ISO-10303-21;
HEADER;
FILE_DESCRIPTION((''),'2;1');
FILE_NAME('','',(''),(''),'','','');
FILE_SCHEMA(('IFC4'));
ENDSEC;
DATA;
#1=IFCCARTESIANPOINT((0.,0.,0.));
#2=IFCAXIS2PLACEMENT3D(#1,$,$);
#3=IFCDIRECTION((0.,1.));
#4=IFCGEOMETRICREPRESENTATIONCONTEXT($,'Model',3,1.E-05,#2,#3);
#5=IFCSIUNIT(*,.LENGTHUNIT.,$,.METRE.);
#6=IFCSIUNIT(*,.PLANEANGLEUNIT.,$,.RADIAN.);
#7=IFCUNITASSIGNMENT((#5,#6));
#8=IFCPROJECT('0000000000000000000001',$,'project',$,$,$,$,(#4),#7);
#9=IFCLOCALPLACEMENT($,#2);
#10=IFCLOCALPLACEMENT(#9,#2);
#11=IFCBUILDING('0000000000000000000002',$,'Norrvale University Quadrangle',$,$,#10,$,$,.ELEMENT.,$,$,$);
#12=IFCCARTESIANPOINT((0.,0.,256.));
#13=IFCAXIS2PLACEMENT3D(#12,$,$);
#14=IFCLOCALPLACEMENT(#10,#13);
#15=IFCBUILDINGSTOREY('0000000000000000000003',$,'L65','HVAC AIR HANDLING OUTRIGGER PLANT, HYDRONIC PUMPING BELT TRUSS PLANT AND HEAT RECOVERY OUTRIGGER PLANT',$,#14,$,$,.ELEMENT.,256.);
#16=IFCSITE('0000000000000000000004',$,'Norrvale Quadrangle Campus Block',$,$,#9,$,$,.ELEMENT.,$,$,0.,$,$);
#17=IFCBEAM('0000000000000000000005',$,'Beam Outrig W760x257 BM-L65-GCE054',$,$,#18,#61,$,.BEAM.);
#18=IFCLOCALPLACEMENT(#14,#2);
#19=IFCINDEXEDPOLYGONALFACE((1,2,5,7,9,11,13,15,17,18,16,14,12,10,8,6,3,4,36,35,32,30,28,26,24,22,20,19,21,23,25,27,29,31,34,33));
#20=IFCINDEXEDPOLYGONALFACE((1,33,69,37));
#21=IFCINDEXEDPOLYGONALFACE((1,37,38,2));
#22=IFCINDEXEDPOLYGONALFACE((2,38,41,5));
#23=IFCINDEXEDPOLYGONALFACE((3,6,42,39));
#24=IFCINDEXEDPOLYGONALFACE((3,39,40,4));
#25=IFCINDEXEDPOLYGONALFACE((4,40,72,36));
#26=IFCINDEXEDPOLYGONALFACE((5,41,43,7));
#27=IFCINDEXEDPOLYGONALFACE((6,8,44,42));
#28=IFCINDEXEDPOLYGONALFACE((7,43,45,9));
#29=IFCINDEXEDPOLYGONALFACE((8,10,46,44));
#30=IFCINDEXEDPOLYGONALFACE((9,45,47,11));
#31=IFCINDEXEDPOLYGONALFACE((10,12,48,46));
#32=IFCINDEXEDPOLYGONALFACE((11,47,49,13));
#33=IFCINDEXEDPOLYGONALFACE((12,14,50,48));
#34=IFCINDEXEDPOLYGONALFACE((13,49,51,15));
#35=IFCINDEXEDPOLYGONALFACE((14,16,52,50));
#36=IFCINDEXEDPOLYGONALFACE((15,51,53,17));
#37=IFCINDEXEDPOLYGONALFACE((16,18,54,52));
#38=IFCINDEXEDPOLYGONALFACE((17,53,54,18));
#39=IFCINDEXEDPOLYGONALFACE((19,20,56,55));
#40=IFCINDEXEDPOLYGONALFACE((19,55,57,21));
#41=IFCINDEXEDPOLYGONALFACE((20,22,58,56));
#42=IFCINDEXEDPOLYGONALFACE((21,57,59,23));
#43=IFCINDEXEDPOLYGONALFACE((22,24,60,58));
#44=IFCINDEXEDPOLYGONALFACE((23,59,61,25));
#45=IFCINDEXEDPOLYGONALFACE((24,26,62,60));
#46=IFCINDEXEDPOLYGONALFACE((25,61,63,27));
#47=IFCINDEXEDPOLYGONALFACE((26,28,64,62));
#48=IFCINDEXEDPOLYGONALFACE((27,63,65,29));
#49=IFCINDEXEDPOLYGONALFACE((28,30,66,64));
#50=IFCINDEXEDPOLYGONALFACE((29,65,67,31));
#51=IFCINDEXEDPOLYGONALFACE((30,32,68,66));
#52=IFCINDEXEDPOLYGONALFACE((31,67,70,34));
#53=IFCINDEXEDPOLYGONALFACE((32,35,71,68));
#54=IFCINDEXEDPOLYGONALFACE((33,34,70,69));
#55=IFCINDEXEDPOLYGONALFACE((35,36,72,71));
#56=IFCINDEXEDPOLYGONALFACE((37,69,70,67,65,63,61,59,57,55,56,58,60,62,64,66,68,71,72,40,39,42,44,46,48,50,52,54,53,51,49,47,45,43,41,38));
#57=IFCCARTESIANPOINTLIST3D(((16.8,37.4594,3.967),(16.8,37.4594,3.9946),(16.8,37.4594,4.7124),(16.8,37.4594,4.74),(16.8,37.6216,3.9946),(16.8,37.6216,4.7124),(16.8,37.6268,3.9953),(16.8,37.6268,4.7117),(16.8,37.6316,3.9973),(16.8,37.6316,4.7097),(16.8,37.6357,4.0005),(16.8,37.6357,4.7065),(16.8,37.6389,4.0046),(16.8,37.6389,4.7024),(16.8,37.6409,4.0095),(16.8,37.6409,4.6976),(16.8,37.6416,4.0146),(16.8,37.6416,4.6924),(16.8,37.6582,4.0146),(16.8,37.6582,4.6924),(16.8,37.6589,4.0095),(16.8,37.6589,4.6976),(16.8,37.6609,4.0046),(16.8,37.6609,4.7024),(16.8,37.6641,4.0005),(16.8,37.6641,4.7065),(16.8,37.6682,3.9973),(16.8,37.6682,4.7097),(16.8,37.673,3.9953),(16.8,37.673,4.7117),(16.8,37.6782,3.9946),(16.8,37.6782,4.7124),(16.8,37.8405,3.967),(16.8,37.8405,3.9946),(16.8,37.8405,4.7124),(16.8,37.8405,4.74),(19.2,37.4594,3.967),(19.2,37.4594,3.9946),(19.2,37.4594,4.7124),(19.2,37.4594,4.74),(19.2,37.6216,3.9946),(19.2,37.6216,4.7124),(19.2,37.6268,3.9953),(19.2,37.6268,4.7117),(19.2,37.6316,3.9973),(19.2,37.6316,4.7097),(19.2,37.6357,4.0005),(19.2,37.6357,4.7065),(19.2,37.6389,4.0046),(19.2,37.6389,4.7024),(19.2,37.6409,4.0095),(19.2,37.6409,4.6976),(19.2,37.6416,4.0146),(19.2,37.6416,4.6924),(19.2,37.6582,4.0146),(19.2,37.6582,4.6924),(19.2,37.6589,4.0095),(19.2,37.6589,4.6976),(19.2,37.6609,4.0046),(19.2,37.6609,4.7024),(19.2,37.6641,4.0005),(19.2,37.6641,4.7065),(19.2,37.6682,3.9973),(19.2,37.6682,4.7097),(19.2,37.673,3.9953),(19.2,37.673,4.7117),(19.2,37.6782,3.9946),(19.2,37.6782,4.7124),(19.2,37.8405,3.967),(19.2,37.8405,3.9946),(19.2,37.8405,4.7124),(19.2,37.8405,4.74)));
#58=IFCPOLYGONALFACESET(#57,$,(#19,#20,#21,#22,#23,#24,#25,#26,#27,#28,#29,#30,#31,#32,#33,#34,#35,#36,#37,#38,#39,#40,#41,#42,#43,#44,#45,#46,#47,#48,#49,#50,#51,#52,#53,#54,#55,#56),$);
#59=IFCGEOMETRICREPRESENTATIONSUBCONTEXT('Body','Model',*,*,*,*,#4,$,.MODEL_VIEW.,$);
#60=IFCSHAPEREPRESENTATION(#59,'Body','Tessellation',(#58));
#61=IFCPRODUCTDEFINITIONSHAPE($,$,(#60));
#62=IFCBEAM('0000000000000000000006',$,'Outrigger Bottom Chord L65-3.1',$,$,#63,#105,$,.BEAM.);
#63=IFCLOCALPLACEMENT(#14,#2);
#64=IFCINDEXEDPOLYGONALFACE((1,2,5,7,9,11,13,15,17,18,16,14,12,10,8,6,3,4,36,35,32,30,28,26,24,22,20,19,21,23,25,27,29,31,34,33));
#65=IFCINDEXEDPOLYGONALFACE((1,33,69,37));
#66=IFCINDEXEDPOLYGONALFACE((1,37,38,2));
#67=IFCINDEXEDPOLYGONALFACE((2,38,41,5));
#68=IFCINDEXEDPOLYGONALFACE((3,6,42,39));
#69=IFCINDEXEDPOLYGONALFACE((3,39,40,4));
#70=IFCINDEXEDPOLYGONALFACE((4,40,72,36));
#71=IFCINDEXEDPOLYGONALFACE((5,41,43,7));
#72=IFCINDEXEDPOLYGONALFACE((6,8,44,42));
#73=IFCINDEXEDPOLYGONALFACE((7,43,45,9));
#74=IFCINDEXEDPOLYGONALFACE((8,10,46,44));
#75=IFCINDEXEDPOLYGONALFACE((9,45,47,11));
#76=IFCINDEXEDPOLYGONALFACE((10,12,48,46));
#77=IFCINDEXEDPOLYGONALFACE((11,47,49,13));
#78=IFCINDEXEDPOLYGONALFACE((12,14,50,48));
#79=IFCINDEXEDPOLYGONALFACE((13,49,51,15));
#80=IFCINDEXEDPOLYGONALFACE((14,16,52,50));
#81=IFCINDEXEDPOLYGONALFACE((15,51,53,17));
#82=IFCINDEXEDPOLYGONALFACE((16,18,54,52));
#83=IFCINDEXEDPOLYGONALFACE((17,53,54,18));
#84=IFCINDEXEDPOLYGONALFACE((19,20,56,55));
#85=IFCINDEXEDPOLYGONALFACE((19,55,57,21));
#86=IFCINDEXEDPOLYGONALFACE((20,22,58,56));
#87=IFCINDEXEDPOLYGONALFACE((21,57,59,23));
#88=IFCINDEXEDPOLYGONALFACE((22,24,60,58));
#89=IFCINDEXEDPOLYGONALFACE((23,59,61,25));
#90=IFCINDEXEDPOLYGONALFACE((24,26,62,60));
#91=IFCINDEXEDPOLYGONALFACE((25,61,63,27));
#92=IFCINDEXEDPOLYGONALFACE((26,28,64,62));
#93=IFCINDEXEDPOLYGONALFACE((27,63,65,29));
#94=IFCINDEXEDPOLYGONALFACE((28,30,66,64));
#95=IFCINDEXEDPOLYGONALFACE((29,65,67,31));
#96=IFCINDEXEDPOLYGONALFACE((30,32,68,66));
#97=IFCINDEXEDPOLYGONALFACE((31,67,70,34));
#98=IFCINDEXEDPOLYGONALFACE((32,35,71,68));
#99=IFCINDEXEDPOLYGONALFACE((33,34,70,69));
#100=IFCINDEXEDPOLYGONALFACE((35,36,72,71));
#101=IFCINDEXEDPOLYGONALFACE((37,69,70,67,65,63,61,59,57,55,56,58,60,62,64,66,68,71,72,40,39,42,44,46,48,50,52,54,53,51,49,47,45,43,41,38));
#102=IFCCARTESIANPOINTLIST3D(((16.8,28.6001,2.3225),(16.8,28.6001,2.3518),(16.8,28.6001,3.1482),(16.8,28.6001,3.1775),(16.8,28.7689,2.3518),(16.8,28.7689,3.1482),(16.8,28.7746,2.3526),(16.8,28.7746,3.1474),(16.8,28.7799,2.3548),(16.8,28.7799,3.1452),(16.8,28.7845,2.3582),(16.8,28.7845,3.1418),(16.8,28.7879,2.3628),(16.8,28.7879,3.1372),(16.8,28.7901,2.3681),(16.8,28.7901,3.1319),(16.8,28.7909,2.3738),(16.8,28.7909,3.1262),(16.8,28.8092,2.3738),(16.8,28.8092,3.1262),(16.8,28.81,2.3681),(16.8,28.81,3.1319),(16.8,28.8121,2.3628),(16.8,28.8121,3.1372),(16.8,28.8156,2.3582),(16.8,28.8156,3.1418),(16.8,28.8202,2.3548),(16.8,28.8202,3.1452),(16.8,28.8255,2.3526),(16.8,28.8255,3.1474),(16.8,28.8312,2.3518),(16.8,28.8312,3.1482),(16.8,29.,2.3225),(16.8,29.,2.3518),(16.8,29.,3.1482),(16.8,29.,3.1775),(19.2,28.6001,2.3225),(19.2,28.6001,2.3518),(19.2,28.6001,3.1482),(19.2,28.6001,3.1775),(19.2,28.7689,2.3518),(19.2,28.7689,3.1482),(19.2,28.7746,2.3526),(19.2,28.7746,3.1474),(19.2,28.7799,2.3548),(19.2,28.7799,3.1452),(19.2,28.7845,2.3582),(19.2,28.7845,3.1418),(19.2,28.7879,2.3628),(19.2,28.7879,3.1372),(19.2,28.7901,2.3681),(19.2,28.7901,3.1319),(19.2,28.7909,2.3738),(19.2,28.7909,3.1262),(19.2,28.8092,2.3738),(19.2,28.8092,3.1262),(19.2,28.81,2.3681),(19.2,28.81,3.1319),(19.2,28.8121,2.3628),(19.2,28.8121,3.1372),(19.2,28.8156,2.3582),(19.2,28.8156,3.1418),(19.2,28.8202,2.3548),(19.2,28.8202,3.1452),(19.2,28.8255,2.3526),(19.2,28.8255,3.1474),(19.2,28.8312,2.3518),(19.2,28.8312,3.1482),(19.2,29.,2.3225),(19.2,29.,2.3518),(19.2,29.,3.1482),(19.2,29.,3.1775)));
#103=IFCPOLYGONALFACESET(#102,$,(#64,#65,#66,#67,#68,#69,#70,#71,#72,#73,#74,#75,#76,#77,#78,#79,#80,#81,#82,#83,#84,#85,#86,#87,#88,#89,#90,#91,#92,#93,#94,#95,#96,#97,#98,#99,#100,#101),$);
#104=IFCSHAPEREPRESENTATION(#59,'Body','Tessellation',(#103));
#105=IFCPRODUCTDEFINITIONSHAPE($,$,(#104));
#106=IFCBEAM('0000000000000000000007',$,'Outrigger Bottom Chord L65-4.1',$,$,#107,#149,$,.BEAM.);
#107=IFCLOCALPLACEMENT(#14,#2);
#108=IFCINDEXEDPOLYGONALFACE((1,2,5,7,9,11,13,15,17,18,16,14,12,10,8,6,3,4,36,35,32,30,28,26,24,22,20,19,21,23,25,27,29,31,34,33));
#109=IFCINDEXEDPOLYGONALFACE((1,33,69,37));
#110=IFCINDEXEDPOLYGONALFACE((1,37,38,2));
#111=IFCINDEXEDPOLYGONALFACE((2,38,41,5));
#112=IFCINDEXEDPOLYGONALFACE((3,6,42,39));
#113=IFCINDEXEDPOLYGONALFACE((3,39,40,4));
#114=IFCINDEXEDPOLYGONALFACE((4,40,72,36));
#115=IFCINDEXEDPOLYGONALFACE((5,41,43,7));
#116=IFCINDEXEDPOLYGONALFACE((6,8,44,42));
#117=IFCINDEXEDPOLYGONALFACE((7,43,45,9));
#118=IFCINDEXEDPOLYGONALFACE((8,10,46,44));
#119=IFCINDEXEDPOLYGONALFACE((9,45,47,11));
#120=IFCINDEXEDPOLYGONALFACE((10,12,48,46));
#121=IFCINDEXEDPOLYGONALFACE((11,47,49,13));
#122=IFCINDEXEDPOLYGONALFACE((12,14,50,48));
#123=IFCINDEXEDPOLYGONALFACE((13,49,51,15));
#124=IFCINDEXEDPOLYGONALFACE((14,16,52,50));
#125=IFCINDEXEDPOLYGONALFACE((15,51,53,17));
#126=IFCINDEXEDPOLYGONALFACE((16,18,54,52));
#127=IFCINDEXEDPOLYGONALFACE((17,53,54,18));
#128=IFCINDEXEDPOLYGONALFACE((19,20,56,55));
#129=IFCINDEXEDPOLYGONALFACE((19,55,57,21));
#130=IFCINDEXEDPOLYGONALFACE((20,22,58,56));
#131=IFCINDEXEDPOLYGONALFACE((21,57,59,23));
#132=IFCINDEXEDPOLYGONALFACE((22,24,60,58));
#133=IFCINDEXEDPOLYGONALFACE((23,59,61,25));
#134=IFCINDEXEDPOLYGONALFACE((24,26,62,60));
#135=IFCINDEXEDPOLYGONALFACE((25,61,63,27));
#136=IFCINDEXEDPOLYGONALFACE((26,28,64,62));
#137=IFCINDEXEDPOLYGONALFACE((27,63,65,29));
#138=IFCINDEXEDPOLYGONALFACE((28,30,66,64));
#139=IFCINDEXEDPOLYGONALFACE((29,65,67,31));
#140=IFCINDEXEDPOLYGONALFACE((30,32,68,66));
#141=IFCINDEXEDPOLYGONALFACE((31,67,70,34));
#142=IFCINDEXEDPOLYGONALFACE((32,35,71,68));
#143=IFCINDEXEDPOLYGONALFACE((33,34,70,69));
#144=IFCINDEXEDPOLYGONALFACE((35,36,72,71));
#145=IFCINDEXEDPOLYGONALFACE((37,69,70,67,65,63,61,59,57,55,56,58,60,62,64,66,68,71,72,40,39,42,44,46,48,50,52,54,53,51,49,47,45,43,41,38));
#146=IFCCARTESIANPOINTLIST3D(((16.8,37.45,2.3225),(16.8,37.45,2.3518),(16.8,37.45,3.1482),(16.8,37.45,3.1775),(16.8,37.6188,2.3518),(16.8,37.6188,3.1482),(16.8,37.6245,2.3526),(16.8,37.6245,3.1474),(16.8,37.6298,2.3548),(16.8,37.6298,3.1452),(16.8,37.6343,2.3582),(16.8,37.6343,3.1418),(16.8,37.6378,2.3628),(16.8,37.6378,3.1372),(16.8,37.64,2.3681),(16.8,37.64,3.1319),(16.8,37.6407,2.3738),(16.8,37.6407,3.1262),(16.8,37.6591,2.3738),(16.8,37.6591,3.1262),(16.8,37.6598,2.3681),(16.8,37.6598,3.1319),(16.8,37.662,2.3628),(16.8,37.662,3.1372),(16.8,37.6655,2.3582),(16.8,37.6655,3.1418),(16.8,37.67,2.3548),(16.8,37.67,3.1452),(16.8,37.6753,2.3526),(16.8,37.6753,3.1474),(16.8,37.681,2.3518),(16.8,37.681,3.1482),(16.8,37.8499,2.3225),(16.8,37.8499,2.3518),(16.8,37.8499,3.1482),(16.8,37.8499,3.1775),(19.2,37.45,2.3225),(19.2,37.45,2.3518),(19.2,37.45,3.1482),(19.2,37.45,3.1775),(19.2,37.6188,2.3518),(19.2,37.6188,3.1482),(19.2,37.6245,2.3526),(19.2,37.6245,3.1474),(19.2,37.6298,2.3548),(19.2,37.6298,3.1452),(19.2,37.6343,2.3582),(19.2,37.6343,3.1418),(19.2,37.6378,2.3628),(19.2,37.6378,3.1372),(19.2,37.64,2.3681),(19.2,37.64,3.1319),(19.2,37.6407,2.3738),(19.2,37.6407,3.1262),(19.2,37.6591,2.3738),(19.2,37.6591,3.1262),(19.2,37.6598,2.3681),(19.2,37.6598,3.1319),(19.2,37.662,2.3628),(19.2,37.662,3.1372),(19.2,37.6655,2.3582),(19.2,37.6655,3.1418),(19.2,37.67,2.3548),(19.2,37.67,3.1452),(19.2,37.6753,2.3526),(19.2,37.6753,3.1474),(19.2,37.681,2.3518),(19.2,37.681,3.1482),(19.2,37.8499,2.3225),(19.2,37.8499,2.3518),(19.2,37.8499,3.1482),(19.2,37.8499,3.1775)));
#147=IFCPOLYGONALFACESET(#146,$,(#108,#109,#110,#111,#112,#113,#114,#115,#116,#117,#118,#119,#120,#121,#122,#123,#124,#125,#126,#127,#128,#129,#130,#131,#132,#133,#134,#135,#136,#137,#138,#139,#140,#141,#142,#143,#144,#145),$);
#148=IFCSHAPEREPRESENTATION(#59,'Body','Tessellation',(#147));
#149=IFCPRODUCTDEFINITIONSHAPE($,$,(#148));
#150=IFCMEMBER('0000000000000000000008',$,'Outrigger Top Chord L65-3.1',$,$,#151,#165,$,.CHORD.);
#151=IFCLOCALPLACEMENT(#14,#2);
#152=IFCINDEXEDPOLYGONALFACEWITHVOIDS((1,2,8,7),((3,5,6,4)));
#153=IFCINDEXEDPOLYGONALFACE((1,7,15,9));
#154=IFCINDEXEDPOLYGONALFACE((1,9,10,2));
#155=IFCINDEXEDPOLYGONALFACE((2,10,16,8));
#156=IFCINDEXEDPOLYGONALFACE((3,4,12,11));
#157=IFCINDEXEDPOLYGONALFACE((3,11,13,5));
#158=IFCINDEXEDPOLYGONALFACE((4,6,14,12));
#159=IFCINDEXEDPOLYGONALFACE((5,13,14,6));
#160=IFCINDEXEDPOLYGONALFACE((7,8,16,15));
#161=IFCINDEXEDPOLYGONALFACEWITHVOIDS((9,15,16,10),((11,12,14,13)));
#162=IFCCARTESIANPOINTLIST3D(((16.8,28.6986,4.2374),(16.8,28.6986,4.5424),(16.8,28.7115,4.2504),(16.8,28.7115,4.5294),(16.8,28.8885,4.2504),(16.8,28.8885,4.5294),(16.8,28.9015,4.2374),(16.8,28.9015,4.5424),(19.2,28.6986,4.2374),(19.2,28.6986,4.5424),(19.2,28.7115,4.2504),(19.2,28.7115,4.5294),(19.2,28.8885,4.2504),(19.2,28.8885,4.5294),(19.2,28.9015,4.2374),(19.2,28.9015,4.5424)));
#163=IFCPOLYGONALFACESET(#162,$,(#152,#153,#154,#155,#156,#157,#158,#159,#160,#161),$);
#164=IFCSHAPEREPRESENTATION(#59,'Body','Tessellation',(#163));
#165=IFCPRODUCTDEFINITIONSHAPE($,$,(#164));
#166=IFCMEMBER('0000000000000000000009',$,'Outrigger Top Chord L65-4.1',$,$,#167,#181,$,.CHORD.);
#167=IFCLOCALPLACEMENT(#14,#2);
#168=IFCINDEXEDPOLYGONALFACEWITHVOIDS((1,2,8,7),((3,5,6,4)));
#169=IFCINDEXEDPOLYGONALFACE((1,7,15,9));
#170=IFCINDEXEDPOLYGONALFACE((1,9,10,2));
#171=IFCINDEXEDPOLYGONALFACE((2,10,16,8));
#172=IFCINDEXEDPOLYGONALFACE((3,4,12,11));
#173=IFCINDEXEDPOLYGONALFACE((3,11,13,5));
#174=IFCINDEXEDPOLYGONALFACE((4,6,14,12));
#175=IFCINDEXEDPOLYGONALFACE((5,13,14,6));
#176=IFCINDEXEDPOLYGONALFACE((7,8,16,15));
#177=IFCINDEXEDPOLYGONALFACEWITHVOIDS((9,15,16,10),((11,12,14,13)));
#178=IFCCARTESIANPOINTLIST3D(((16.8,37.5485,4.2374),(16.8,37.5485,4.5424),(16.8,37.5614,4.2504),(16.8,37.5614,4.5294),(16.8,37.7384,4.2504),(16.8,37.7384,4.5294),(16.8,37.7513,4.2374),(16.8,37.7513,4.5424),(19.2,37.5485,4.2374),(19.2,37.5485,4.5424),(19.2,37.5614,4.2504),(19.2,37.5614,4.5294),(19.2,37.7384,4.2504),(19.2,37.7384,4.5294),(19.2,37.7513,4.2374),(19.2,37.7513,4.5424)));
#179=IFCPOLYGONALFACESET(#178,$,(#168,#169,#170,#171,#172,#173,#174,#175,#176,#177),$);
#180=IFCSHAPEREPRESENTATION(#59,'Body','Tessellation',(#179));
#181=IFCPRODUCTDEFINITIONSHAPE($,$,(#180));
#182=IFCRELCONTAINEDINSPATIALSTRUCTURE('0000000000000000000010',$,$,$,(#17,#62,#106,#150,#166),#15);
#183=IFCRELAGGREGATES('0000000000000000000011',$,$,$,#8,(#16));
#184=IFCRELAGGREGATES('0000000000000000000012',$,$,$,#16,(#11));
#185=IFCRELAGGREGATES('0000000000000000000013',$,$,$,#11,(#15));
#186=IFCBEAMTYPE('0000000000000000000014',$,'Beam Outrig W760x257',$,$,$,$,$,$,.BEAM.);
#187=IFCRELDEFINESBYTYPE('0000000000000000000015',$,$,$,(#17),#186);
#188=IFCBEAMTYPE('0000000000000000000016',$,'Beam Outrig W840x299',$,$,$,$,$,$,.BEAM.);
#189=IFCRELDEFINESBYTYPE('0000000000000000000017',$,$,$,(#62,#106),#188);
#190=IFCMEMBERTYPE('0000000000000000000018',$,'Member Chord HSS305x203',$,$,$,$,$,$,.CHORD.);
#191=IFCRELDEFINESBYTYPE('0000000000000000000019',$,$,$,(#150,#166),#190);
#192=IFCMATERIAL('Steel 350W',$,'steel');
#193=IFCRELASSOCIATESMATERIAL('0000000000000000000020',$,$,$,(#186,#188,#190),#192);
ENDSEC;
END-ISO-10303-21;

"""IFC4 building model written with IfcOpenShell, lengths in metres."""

from ifc_helpers import new_model, si_unit, direction, frame, origin, origin_2d, place, context, subcontext, project, spatial, hollow_rectangle, i_section, extrude, material, material_profile, profile_set, type_object, element, save


model = new_model("IFC4")

# Units and contexts
model_context = context("Model", 3, precision=1e-05, world=origin(), true_north=direction((0.0, 1.0)))
body_context = subcontext(model_context, "Body", "Model", "MODEL_VIEW")
ifc_project = project(units=[si_unit("LENGTHUNIT", "METRE"), si_unit("PLANEANGLEUNIT", "RADIAN")], contexts=[model_context])

# Site, building, storey
site_placement = place(None, origin())
site = spatial("IfcSite", under=ifc_project, at=site_placement, Name="Norrvale Quadrangle Campus Block", CompositionType="ELEMENT", RefElevation=0.0)
building_placement = place(site_placement, origin())
building = spatial("IfcBuilding", under=site, at=building_placement, Name="Norrvale University Quadrangle", CompositionType="ELEMENT")
storey_placement = place(building_placement, frame((0.0, 0.0, 256.0)))
storey = spatial("IfcBuildingStorey", under=building, at=storey_placement, Name="L65", Description="HVAC AIR HANDLING OUTRIGGER PLANT, HYDRONIC PUMPING BELT TRUSS PLANT AND HEAT RECOVERY OUTRIGGER PLANT", CompositionType="ELEMENT", Elevation=256.0)

# Beams
ifc_material_1 = material(Name="Steel 350W", Category="steel")
ifc_material_profile_1 = material_profile(ifc_material_1, i_section(OverallWidth=0.3811, OverallDepth=0.7729, WebThickness=0.0166, FlangeThickness=0.0276, FilletRadius=0.02, at=origin_2d()), Name="Steel 350W")
ifc_profile_set_1 = profile_set([ifc_material_profile_1], Name="Steel 350W")
beam_type_1 = type_object("IfcBeamType", Name="Beam Outrig W760x257", PredefinedType="BEAM", material=ifc_profile_set_1)
for number, where, z_axis, x_axis, name in (
    (1, (16.8, 37.6499, 4.3535), (1.0, 0.0, 0.0), (0.0, 1.0, 0.0), "Beam Outrig W760x257 BM-L65-GCE054"),
):
    element("IfcBeam", number, at=place(storey_placement, frame(where, z_axis=z_axis, x_axis=x_axis)), inside=storey, type_object=beam_type_1, Name=name, PredefinedType="BEAM", context=body_context, shape_type="SweptSolid", body=[
        extrude(i_section(OverallWidth=0.3811, OverallDepth=0.7729, WebThickness=0.0166, FlangeThickness=0.0276, FilletRadius=0.02, at=origin_2d()), origin(), (0.0, 0.0, 1.0), 2.3999),
    ])
ifc_material_profile_2 = material_profile(ifc_material_1, i_section(OverallWidth=0.3999, OverallDepth=0.855, WebThickness=0.0183, FlangeThickness=0.0293, FilletRadius=0.022, at=origin_2d()), Name="Steel 350W")
ifc_profile_set_2 = profile_set([ifc_material_profile_2], Name="Steel 350W")
beam_type_2 = type_object("IfcBeamType", Name="Beam Outrig W840x299", PredefinedType="BEAM", material=ifc_profile_set_2)
for number, where, z_axis, x_axis, name in (
    (2, (16.8, 28.8, 2.75), (1.0, 0.0, 0.0), (0.0, 1.0, 0.0), "Outrigger Bottom Chord L65-3.1"),
    (3, (16.8, 37.6499, 2.75), (1.0, 0.0, 0.0), (0.0, 1.0, 0.0), "Outrigger Bottom Chord L65-4.1"),
):
    element("IfcBeam", number, at=place(storey_placement, frame(where, z_axis=z_axis, x_axis=x_axis)), inside=storey, type_object=beam_type_2, Name=name, PredefinedType="BEAM", context=body_context, shape_type="SweptSolid", body=[
        extrude(i_section(OverallWidth=0.3999, OverallDepth=0.855, WebThickness=0.0183, FlangeThickness=0.0293, FilletRadius=0.022, at=origin_2d()), origin(), (0.0, 0.0, 1.0), 2.3999),
    ])

# Members
ifc_material_profile_3 = material_profile(ifc_material_1, hollow_rectangle(XDim=0.2029, YDim=0.3049, WallThickness=0.0129, at=origin_2d()), Name="Steel 350W")
ifc_profile_set_3 = profile_set([ifc_material_profile_3], Name="Steel 350W")
member_type_1 = type_object("IfcMemberType", Name="Member Chord HSS305x203", PredefinedType="CHORD", material=ifc_profile_set_3)
for number, where, z_axis, x_axis, name in (
    (4, (16.8, 28.8, 4.3899), (1.0, 0.0, 0.0), (0.0, 1.0, 0.0), "Outrigger Top Chord L65-3.1"),
    (5, (16.8, 37.6499, 4.3899), (1.0, 0.0, 0.0), (0.0, 1.0, 0.0), "Outrigger Top Chord L65-4.1"),
):
    element("IfcMember", number, at=place(storey_placement, frame(where, z_axis=z_axis, x_axis=x_axis)), inside=storey, type_object=member_type_1, Name=name, PredefinedType="CHORD", context=body_context, shape_type="SweptSolid", body=[
        extrude(hollow_rectangle(XDim=0.2029, YDim=0.3049, WallThickness=0.0129, at=origin_2d()), origin(), (0.0, 0.0, 1.0), 2.3999),
    ])

save(model, "model.ifc")
